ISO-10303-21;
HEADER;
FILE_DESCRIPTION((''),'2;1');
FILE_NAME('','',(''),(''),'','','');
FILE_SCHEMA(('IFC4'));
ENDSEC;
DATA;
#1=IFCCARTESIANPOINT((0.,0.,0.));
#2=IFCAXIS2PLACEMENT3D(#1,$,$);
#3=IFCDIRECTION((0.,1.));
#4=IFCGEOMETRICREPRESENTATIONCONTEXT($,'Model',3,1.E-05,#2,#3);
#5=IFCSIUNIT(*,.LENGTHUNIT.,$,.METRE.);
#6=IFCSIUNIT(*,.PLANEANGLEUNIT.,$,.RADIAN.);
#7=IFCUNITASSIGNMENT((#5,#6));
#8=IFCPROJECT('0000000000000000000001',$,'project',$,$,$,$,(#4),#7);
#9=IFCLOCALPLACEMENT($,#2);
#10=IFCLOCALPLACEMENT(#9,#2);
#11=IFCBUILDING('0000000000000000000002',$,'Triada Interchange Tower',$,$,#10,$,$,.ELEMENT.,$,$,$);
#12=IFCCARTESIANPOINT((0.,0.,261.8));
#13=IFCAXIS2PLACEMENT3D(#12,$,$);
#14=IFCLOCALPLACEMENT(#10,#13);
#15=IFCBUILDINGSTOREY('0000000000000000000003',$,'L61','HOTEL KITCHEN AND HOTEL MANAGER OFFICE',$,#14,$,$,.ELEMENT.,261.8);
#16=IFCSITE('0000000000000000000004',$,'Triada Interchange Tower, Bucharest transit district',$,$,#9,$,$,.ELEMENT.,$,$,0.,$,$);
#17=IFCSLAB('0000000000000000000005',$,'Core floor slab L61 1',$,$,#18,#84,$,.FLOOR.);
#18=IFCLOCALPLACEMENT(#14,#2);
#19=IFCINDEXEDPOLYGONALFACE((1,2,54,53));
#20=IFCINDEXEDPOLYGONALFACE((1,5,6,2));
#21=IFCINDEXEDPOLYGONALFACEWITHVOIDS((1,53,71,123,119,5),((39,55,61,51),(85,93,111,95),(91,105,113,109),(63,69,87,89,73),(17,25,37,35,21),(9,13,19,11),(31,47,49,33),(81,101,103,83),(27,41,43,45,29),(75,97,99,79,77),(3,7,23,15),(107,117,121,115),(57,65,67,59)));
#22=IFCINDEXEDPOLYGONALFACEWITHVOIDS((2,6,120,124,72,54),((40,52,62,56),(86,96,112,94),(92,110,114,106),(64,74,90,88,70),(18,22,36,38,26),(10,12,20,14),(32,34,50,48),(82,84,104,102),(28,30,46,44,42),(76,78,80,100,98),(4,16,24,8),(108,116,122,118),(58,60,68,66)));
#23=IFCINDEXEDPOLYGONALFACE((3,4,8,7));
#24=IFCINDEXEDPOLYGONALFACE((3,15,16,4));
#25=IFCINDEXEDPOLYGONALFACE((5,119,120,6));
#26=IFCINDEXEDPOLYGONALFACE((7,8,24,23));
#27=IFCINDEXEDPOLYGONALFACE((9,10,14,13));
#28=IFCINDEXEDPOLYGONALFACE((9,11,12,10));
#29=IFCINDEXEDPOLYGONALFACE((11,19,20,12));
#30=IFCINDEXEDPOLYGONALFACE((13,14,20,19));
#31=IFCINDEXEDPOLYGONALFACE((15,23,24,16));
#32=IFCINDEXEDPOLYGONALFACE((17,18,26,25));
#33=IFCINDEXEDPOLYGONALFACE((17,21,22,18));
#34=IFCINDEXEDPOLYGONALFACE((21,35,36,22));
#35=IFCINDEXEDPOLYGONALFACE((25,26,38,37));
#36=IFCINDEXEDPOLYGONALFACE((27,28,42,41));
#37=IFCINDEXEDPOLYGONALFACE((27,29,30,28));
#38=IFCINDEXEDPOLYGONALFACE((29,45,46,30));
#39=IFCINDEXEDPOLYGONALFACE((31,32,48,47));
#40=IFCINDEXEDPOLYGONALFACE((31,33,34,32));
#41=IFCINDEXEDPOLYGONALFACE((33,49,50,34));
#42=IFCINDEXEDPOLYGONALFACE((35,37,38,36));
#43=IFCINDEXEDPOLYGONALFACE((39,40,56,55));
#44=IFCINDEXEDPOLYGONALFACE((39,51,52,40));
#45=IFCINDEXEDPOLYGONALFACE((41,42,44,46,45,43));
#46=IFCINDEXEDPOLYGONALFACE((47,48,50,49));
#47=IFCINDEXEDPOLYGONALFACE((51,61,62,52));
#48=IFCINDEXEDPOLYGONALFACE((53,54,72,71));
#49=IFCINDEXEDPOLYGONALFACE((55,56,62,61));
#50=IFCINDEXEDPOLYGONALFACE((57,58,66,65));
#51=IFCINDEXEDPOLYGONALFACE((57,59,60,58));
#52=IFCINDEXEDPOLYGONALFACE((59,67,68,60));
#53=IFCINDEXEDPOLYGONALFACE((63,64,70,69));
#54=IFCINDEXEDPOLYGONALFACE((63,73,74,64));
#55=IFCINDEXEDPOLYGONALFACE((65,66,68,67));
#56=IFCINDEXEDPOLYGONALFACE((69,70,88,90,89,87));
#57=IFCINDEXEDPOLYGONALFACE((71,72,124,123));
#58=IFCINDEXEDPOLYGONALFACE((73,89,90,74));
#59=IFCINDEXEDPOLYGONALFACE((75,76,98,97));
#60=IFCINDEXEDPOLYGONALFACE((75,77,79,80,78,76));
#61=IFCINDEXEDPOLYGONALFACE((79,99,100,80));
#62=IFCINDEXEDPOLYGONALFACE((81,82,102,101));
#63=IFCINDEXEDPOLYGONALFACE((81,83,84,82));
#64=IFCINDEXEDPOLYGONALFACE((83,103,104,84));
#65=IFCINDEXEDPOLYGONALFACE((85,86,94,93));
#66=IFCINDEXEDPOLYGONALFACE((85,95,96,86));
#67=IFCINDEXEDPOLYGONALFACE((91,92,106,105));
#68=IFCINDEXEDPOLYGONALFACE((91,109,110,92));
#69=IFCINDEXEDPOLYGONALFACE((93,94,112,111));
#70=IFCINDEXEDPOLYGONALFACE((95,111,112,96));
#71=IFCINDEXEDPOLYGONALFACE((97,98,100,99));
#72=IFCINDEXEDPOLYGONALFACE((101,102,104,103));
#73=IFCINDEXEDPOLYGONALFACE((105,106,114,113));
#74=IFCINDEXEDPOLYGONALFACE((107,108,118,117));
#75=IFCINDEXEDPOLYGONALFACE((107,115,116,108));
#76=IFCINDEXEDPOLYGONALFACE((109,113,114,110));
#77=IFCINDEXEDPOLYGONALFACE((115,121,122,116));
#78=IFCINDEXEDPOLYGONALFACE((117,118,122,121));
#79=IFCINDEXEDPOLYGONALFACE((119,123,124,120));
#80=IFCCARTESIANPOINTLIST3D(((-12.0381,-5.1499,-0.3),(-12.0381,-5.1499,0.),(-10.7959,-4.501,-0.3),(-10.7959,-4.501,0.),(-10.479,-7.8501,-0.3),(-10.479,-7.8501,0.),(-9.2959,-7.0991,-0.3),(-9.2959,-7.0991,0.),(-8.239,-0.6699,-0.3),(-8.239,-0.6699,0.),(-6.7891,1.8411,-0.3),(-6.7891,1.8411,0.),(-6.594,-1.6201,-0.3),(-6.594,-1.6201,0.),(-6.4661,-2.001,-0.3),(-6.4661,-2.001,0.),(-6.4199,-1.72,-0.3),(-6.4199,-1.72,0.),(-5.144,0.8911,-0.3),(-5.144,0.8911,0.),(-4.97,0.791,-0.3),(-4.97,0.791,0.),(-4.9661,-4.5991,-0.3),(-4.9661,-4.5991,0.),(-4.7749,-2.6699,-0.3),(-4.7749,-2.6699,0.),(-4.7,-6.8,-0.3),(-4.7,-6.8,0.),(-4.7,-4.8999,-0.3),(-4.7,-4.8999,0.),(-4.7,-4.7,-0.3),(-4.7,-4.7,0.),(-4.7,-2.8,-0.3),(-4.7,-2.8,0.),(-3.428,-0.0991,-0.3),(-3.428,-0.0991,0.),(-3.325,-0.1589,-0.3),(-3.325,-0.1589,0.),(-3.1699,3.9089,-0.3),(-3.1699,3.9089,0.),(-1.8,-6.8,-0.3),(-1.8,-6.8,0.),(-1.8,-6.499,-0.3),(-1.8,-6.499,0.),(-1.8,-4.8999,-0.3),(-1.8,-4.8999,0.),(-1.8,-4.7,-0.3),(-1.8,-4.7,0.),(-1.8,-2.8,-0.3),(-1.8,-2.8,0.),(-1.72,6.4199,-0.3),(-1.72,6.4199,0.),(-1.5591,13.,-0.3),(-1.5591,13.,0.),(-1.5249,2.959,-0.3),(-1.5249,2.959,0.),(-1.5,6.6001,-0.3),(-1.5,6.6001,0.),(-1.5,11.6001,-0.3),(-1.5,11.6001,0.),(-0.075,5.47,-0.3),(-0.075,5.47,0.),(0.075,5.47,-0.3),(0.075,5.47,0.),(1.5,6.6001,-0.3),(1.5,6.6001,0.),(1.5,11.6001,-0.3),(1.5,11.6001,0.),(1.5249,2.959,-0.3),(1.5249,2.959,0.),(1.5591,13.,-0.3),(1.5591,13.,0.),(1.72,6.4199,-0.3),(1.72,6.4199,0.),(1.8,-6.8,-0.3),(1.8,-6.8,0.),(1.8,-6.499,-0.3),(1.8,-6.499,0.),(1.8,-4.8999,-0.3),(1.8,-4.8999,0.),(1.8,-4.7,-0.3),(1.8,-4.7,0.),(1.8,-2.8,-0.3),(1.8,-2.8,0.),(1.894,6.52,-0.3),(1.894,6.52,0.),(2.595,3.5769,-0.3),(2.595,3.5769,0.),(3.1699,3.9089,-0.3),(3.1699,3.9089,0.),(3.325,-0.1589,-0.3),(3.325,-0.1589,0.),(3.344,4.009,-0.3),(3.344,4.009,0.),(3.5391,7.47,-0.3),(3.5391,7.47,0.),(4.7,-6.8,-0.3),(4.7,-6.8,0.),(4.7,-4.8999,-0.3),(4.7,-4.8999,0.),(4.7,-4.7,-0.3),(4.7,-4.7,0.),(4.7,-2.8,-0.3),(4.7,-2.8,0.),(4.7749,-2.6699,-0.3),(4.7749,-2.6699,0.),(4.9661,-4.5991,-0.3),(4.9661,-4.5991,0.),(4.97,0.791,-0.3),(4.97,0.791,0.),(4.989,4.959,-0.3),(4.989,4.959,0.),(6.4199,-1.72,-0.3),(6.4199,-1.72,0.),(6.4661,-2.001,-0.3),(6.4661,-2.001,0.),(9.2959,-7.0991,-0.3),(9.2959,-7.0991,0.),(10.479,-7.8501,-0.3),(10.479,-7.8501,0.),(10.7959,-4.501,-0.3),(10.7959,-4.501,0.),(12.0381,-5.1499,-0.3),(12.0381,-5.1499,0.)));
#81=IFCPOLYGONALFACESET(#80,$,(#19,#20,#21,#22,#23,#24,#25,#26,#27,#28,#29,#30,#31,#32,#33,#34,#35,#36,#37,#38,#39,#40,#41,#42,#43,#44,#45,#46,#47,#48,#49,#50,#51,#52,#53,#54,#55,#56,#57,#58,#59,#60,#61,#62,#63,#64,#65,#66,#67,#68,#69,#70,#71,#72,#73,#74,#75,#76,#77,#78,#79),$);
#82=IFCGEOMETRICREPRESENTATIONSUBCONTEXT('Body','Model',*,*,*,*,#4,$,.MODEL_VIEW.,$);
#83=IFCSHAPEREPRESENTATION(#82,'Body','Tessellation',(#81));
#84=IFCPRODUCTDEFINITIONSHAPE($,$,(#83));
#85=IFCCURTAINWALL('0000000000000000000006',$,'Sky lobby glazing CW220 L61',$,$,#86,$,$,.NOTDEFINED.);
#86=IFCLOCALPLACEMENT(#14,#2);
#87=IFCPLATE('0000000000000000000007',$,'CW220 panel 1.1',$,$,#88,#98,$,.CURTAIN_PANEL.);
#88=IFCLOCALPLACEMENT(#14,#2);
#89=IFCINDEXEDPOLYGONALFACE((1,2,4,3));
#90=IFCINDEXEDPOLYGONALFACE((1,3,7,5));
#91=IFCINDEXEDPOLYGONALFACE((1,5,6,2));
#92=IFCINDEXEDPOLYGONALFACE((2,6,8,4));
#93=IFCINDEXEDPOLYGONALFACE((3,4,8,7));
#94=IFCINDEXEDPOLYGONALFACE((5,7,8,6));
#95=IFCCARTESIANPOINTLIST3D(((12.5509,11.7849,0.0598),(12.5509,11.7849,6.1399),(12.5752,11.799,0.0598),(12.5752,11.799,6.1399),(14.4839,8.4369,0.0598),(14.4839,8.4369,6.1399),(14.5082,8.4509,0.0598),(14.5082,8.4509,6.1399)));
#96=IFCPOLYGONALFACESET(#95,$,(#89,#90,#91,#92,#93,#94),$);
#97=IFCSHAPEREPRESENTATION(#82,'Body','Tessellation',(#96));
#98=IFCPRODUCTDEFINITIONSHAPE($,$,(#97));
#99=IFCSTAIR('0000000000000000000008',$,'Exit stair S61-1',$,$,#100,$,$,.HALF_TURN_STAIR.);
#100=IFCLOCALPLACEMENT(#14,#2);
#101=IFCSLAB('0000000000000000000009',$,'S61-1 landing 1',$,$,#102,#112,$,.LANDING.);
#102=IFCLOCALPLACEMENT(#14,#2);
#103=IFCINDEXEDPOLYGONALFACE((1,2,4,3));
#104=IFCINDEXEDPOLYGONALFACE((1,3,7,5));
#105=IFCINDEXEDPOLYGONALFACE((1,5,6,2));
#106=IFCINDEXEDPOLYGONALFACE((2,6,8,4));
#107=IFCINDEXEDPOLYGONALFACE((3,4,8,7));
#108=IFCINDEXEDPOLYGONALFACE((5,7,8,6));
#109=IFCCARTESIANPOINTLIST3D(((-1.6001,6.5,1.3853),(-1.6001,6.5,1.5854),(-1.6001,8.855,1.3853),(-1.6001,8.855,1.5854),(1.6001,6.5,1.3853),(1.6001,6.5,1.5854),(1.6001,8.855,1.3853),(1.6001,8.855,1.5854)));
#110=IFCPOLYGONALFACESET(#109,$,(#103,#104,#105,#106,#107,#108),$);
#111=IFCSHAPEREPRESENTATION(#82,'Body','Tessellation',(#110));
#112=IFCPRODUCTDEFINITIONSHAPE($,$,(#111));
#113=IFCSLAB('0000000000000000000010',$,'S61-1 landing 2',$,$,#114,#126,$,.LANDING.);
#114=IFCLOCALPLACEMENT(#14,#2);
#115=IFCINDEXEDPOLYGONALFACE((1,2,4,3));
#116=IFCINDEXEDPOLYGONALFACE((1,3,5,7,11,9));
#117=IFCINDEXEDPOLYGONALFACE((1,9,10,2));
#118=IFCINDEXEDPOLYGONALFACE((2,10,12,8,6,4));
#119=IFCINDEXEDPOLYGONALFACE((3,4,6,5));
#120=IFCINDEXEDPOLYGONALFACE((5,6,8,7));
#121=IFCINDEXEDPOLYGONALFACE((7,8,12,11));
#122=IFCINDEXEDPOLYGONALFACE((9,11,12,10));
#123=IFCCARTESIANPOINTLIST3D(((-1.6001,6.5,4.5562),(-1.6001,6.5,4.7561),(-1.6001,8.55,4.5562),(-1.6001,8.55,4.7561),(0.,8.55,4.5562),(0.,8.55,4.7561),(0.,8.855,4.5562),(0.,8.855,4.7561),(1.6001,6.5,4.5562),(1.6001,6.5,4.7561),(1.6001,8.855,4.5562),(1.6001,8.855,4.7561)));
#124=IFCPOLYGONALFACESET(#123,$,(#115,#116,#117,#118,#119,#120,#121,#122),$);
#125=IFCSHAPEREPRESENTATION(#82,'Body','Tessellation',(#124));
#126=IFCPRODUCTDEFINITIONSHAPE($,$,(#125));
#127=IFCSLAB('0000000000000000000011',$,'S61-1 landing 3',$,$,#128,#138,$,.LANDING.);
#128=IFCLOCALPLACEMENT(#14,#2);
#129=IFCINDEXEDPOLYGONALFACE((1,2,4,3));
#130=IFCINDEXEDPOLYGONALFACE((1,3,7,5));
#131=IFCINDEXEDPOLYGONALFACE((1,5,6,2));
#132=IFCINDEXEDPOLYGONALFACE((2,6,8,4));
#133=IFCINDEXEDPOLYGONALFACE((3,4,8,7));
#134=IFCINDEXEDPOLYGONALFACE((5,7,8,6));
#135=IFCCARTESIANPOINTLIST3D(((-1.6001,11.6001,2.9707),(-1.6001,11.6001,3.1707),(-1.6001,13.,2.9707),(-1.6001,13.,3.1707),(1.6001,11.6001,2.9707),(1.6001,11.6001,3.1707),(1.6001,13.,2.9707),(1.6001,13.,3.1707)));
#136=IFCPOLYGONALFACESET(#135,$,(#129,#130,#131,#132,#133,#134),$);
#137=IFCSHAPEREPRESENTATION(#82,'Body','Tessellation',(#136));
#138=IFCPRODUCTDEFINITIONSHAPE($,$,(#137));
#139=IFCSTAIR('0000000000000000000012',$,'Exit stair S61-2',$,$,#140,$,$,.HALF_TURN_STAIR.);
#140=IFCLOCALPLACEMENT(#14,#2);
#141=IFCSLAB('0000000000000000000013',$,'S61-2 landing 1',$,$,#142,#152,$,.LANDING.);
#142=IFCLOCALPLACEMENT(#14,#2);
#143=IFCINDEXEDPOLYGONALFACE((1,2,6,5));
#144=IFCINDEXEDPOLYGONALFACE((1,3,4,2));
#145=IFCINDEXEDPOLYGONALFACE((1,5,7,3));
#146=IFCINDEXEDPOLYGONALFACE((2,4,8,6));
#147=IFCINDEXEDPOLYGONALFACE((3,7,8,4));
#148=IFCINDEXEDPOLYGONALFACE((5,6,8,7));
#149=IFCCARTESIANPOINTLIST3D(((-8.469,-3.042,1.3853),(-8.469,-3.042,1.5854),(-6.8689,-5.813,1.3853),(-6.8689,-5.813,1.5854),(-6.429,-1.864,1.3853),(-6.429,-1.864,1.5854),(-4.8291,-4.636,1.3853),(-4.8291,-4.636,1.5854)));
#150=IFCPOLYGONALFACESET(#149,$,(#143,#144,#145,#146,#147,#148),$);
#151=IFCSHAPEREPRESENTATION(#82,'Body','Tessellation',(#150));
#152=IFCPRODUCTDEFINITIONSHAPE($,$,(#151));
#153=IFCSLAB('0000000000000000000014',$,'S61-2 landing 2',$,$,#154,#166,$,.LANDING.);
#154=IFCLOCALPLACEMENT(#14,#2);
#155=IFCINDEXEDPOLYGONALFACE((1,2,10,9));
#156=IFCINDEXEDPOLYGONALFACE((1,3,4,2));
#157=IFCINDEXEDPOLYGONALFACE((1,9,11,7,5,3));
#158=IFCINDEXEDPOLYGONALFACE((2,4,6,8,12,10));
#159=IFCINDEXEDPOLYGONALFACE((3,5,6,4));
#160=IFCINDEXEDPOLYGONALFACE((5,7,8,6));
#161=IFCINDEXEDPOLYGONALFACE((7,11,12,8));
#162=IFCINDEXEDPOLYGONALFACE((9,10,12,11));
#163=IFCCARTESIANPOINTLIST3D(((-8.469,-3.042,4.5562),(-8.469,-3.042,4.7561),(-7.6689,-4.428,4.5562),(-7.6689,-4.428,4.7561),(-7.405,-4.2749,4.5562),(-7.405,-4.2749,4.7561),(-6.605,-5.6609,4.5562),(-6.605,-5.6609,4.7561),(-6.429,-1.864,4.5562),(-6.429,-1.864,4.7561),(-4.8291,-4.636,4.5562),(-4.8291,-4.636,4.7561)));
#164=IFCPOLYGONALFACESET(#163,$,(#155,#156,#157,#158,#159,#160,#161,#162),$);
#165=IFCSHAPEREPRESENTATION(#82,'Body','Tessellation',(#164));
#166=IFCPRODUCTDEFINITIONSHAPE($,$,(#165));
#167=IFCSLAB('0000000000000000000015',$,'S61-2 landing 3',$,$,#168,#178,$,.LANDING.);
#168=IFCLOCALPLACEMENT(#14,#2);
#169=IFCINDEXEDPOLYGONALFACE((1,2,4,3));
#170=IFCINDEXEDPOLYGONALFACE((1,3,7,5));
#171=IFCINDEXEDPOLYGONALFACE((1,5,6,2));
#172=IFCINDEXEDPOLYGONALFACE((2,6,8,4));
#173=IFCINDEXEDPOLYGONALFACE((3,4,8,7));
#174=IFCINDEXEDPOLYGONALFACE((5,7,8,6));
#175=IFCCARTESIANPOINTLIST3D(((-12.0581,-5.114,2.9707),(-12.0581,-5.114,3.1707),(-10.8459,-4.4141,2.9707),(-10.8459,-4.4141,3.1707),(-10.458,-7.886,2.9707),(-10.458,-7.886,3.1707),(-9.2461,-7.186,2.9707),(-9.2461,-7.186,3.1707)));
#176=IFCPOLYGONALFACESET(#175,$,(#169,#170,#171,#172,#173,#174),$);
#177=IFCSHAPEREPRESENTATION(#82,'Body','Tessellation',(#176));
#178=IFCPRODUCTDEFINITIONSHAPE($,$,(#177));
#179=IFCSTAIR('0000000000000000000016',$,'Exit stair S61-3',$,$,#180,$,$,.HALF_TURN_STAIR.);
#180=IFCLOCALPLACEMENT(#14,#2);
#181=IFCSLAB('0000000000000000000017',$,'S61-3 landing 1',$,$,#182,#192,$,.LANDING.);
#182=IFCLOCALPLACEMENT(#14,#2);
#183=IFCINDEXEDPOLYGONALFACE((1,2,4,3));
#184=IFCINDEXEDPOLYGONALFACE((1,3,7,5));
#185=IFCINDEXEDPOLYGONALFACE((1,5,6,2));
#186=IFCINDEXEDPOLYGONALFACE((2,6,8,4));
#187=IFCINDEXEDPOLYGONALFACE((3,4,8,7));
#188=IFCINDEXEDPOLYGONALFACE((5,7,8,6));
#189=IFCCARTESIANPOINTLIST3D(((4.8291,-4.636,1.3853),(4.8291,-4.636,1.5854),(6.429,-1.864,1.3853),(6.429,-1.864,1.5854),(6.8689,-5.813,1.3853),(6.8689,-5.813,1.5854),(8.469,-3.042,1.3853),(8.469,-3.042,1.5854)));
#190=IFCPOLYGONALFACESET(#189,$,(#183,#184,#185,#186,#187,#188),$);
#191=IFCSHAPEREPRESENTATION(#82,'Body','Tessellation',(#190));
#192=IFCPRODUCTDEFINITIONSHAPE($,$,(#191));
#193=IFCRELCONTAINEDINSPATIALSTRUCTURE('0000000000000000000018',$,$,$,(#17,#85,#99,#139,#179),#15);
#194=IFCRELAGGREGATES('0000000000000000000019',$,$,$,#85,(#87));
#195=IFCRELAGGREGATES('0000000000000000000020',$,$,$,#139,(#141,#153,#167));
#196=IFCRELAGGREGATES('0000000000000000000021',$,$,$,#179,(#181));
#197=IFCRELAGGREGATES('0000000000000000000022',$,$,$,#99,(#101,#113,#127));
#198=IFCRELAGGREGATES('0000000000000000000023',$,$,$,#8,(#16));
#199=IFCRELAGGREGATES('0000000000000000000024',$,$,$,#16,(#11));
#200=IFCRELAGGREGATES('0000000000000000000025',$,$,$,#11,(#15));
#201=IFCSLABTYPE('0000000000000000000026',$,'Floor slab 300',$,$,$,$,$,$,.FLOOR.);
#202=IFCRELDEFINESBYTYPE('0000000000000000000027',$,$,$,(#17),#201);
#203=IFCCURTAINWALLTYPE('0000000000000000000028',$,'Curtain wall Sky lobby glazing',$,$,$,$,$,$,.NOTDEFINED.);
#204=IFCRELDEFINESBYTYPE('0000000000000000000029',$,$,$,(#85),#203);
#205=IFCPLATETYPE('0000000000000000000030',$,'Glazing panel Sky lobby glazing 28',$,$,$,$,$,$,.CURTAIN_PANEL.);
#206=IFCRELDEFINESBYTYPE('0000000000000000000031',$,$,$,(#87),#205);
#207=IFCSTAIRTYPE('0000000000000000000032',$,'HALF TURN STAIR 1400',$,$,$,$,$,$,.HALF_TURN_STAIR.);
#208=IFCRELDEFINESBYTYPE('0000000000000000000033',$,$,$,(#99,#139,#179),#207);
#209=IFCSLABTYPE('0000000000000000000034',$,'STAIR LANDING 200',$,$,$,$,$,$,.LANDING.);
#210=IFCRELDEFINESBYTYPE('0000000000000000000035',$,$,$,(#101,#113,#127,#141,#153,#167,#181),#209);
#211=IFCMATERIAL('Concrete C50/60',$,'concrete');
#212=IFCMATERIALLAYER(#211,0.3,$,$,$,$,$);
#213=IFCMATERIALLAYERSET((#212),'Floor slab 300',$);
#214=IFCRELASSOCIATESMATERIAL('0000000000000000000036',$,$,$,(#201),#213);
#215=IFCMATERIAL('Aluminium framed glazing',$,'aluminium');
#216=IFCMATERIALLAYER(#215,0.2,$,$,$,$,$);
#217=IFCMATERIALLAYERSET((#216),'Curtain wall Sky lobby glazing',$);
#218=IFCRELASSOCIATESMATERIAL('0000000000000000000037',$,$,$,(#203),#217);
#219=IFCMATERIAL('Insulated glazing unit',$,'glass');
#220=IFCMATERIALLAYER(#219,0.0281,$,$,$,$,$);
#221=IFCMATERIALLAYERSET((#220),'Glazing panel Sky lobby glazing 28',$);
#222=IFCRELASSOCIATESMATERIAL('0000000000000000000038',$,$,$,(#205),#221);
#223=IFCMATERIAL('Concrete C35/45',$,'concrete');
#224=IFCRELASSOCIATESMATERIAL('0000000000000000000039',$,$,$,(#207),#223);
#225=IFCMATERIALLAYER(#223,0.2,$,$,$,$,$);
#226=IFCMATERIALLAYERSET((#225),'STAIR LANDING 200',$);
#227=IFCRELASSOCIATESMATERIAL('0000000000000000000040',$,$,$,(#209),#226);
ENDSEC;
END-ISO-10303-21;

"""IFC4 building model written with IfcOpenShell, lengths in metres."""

from ifc_helpers import new_model, si_unit, direction, frame, origin, origin_2d, place, context, subcontext, project, spatial, polyline, rectangle, outline, extrude, material, layer, layer_set, type_object, element, aggregate, save


model = new_model("IFC4")

# Units and contexts
model_context = context("Model", 3, precision=1e-05, world=origin(), true_north=direction((0.0, 1.0)))
body_context = subcontext(model_context, "Body", "Model", "MODEL_VIEW")
ifc_project = project(units=[si_unit("LENGTHUNIT", "METRE"), si_unit("PLANEANGLEUNIT", "RADIAN")], contexts=[model_context])

# Site, building, storey
site_placement = place(None, origin())
site = spatial("IfcSite", under=ifc_project, at=site_placement, Name="Triada Interchange Tower, Bucharest transit district", CompositionType="ELEMENT", RefElevation=0.0)
building_placement = place(site_placement, origin())
building = spatial("IfcBuilding", under=site, at=building_placement, Name="Triada Interchange Tower", CompositionType="ELEMENT")
storey_placement = place(building_placement, frame((0.0, 0.0, 261.8)))
storey = spatial("IfcBuildingStorey", under=building, at=storey_placement, Name="L61", Description="HOTEL KITCHEN AND HOTEL MANAGER OFFICE", CompositionType="ELEMENT", Elevation=261.8)

# Slab
ifc_material_1 = material(Name="Concrete C50/60", Category="concrete")
ifc_layer_1 = layer(ifc_material_1, 0.3)
ifc_layer_set_1 = layer_set([ifc_layer_1], Name="Floor slab 300")
slab_type_1 = type_object("IfcSlabType", Name="Floor slab 300", PredefinedType="FLOOR", material=ifc_layer_set_1)
slab_1_placement = place(storey_placement, frame((0.0, 0.0, -0.3)))
element("IfcSlab", 1, at=slab_1_placement, inside=storey, type_object=slab_type_1, Name="Core floor slab L61 1", PredefinedType="FLOOR", context=body_context, shape_type="SweptSolid", body=[
    extrude(outline(polyline([(12.0381, -5.1499), (10.479, -7.8501), (-10.479, -7.8501), (-12.0381, -5.1499), (-1.5591, 13.0), (1.5591, 13.0), (12.0381, -5.1499)]), holes=[polyline([(9.2959, -7.0991), (10.7959, -4.501), (6.4661, -2.001), (4.9661, -4.5991), (9.2959, -7.0991)]), polyline([(4.97, 0.791), (3.325, -0.1589), (4.7749, -2.6699), (6.4199, -1.72), (4.97, 0.791)]), polyline([(1.894, 6.52), (3.344, 4.009), (4.989, 4.959), (3.5391, 7.47), (1.894, 6.52)]), polyline([(1.8, -4.8999), (1.8, -6.499), (1.8, -6.8), (4.7, -6.8), (4.7, -4.8999), (1.8, -4.8999)]), polyline([(4.7, -2.8), (1.8, -2.8), (1.8, -4.7), (4.7, -4.7), (4.7, -2.8)]), polyline([(1.5249, 2.959), (2.595, 3.5769), (3.1699, 3.9089), (1.72, 6.4199), (0.075, 5.47), (1.5249, 2.959)]), polyline([(-1.5, 11.6001), (-1.5, 6.6001), (1.5, 6.6001), (1.5, 11.6001), (-1.5, 11.6001)]), polyline([(-1.5249, 2.959), (-0.075, 5.47), (-1.72, 6.4199), (-3.1699, 3.9089), (-1.5249, 2.959)]), polyline([(-1.8, -2.8), (-4.7, -2.8), (-4.7, -4.7), (-1.8, -4.7), (-1.8, -2.8)]), polyline([(-4.7, -6.8), (-1.8, -6.8), (-1.8, -6.499), (-1.8, -4.8999), (-4.7, -4.8999), (-4.7, -6.8)]), polyline([(-3.428, -0.0991), (-4.97, 0.791), (-6.4199, -1.72), (-4.7749, -2.6699), (-3.325, -0.1589), (-3.428, -0.0991)]), polyline([(-10.7959, -4.501), (-9.2959, -7.0991), (-4.9661, -4.5991), (-6.4661, -2.001), (-10.7959, -4.501)]), polyline([(-6.594, -1.6201), (-5.144, 0.8911), (-6.7891, 1.8411), (-8.239, -0.6699), (-6.594, -1.6201)])]), origin(), (0.0, 0.0, 1.0), 0.3),
])

# Curtain wall, plate
ifc_material_2 = material(Name="Aluminium framed glazing", Category="aluminium")
ifc_layer_2 = layer(ifc_material_2, 0.2)
ifc_layer_set_2 = layer_set([ifc_layer_2], Name="Curtain wall Sky lobby glazing")
curtain_wall_type = type_object("IfcCurtainWallType", Name="Curtain wall Sky lobby glazing", PredefinedType="NOTDEFINED", material=ifc_layer_set_2)
curtain_wall_placement = place(storey_placement, origin())
curtain_wall = element("IfcCurtainWall", 2, at=curtain_wall_placement, inside=storey, type_object=curtain_wall_type, Name="Sky lobby glazing CW220 L61", PredefinedType="NOTDEFINED")
ifc_material_3 = material(Name="Insulated glazing unit", Category="glass")
ifc_layer_3 = layer(ifc_material_3, 0.0281)
ifc_layer_set_3 = layer_set([ifc_layer_3], Name="Glazing panel Sky lobby glazing 28")
plate_type = type_object("IfcPlateType", Name="Glazing panel Sky lobby glazing 28", PredefinedType="CURTAIN_PANEL", material=ifc_layer_set_3)
plate_placement = place(storey_placement, frame((13.5295, 10.1179, 0.0598), z_axis=(0.0, 0.0, 1.0), x_axis=(-0.5, 0.866026, 0.0)))
plate = element("IfcPlate", 3, at=plate_placement, type_object=plate_type, Name="CW220 panel 1.1", PredefinedType="CURTAIN_PANEL", context=body_context, shape_type="SweptSolid", body=[
    extrude(rectangle(XDim=3.866, YDim=0.0281, at=origin_2d()), origin(), (0.0, 0.0, 1.0), 6.0801),
])
aggregate(curtain_wall, [plate])

# Stairs, slabs
ifc_material_4 = material(Name="Concrete C35/45", Category="concrete")
stair_type = type_object("IfcStairType", Name="HALF TURN STAIR 1400", PredefinedType="HALF_TURN_STAIR", material=ifc_material_4)
stair_1_placement = place(storey_placement, origin())
stair_1 = element("IfcStair", 4, at=stair_1_placement, inside=storey, type_object=stair_type, Name="Exit stair S61-1", PredefinedType="HALF_TURN_STAIR")
ifc_layer_4 = layer(ifc_material_4, 0.2)
ifc_layer_set_4 = layer_set([ifc_layer_4], Name="STAIR LANDING 200")
slab_type_2 = type_object("IfcSlabType", Name="STAIR LANDING 200", PredefinedType="LANDING", material=ifc_layer_set_4)
slab_2_placement = place(storey_placement, frame((0.0, 0.0, 1.3853)))
slab_2 = element("IfcSlab", 5, at=slab_2_placement, type_object=slab_type_2, Name="S61-1 landing 1", PredefinedType="LANDING", context=body_context, shape_type="SweptSolid", body=[
    extrude(outline(polyline([(1.6001, 6.5), (1.6001, 8.855), (-1.6001, 8.855), (-1.6001, 6.5), (1.6001, 6.5)])), origin(), (0.0, 0.0, 1.0), 0.2002),
])
slab_3_placement = place(storey_placement, frame((0.0, 0.0, 4.5562)))
slab_3 = element("IfcSlab", 6, at=slab_3_placement, type_object=slab_type_2, Name="S61-1 landing 2", PredefinedType="LANDING", context=body_context, shape_type="SweptSolid", body=[
    extrude(outline(polyline([(1.6001, 6.5), (1.6001, 8.855), (0.0, 8.855), (0.0, 8.55), (-1.6001, 8.55), (-1.6001, 6.5), (1.6001, 6.5)])), origin(), (0.0, 0.0, 1.0), 0.2),
])
slab_4_placement = place(storey_placement, frame((0.0, 0.0, 2.9707)))
slab_4 = element("IfcSlab", 7, at=slab_4_placement, type_object=slab_type_2, Name="S61-1 landing 3", PredefinedType="LANDING", context=body_context, shape_type="SweptSolid", body=[
    extrude(outline(polyline([(1.6001, 11.6001), (1.6001, 13.0), (-1.6001, 13.0), (-1.6001, 11.6001), (1.6001, 11.6001)])), origin(), (0.0, 0.0, 1.0), 0.2),
])
stair_2_placement = place(storey_placement, origin())
stair_2 = element("IfcStair", 8, at=stair_2_placement, inside=storey, type_object=stair_type, Name="Exit stair S61-2", PredefinedType="HALF_TURN_STAIR")
slab_5_placement = place(storey_placement, frame((0.0, 0.0, 1.3853)))
slab_5 = element("IfcSlab", 9, at=slab_5_placement, type_object=slab_type_2, Name="S61-2 landing 1", PredefinedType="LANDING", context=body_context, shape_type="SweptSolid", body=[
    extrude(outline(polyline([(-6.429, -1.864), (-8.469, -3.042), (-6.8689, -5.813), (-4.8291, -4.636), (-6.429, -1.864)])), origin(), (0.0, 0.0, 1.0), 0.2002),
])
slab_6_placement = place(storey_placement, frame((0.0, 0.0, 4.5562)))
slab_6 = element("IfcSlab", 10, at=slab_6_placement, type_object=slab_type_2, Name="S61-2 landing 2", PredefinedType="LANDING", context=body_context, shape_type="SweptSolid", body=[
    extrude(outline(polyline([(-6.429, -1.864), (-8.469, -3.042), (-7.6689, -4.428), (-7.405, -4.2749), (-6.605, -5.6609), (-4.8291, -4.636), (-6.429, -1.864)])), origin(), (0.0, 0.0, 1.0), 0.2),
])
slab_7_placement = place(storey_placement, frame((0.0, 0.0, 2.9707)))
slab_7 = element("IfcSlab", 11, at=slab_7_placement, type_object=slab_type_2, Name="S61-2 landing 3", PredefinedType="LANDING", context=body_context, shape_type="SweptSolid", body=[
    extrude(outline(polyline([(-10.8459, -4.4141), (-12.0581, -5.114), (-10.458, -7.886), (-9.2461, -7.186), (-10.8459, -4.4141)])), origin(), (0.0, 0.0, 1.0), 0.2),
])
aggregate(stair_2, [slab_5, slab_6, slab_7])
stair_3_placement = place(storey_placement, origin())
stair_3 = element("IfcStair", 12, at=stair_3_placement, inside=storey, type_object=stair_type, Name="Exit stair S61-3", PredefinedType="HALF_TURN_STAIR")
slab_8_placement = place(storey_placement, frame((0.0, 0.0, 1.3853)))
slab_8 = element("IfcSlab", 13, at=slab_8_placement, type_object=slab_type_2, Name="S61-3 landing 1", PredefinedType="LANDING", context=body_context, shape_type="SweptSolid", body=[
    extrude(outline(polyline([(4.8291, -4.636), (6.8689, -5.813), (8.469, -3.042), (6.429, -1.864), (4.8291, -4.636)])), origin(), (0.0, 0.0, 1.0), 0.2002),
])
aggregate(stair_3, [slab_8])

aggregate(stair_1, [slab_2, slab_3, slab_4])

save(model, "model.ifc")
